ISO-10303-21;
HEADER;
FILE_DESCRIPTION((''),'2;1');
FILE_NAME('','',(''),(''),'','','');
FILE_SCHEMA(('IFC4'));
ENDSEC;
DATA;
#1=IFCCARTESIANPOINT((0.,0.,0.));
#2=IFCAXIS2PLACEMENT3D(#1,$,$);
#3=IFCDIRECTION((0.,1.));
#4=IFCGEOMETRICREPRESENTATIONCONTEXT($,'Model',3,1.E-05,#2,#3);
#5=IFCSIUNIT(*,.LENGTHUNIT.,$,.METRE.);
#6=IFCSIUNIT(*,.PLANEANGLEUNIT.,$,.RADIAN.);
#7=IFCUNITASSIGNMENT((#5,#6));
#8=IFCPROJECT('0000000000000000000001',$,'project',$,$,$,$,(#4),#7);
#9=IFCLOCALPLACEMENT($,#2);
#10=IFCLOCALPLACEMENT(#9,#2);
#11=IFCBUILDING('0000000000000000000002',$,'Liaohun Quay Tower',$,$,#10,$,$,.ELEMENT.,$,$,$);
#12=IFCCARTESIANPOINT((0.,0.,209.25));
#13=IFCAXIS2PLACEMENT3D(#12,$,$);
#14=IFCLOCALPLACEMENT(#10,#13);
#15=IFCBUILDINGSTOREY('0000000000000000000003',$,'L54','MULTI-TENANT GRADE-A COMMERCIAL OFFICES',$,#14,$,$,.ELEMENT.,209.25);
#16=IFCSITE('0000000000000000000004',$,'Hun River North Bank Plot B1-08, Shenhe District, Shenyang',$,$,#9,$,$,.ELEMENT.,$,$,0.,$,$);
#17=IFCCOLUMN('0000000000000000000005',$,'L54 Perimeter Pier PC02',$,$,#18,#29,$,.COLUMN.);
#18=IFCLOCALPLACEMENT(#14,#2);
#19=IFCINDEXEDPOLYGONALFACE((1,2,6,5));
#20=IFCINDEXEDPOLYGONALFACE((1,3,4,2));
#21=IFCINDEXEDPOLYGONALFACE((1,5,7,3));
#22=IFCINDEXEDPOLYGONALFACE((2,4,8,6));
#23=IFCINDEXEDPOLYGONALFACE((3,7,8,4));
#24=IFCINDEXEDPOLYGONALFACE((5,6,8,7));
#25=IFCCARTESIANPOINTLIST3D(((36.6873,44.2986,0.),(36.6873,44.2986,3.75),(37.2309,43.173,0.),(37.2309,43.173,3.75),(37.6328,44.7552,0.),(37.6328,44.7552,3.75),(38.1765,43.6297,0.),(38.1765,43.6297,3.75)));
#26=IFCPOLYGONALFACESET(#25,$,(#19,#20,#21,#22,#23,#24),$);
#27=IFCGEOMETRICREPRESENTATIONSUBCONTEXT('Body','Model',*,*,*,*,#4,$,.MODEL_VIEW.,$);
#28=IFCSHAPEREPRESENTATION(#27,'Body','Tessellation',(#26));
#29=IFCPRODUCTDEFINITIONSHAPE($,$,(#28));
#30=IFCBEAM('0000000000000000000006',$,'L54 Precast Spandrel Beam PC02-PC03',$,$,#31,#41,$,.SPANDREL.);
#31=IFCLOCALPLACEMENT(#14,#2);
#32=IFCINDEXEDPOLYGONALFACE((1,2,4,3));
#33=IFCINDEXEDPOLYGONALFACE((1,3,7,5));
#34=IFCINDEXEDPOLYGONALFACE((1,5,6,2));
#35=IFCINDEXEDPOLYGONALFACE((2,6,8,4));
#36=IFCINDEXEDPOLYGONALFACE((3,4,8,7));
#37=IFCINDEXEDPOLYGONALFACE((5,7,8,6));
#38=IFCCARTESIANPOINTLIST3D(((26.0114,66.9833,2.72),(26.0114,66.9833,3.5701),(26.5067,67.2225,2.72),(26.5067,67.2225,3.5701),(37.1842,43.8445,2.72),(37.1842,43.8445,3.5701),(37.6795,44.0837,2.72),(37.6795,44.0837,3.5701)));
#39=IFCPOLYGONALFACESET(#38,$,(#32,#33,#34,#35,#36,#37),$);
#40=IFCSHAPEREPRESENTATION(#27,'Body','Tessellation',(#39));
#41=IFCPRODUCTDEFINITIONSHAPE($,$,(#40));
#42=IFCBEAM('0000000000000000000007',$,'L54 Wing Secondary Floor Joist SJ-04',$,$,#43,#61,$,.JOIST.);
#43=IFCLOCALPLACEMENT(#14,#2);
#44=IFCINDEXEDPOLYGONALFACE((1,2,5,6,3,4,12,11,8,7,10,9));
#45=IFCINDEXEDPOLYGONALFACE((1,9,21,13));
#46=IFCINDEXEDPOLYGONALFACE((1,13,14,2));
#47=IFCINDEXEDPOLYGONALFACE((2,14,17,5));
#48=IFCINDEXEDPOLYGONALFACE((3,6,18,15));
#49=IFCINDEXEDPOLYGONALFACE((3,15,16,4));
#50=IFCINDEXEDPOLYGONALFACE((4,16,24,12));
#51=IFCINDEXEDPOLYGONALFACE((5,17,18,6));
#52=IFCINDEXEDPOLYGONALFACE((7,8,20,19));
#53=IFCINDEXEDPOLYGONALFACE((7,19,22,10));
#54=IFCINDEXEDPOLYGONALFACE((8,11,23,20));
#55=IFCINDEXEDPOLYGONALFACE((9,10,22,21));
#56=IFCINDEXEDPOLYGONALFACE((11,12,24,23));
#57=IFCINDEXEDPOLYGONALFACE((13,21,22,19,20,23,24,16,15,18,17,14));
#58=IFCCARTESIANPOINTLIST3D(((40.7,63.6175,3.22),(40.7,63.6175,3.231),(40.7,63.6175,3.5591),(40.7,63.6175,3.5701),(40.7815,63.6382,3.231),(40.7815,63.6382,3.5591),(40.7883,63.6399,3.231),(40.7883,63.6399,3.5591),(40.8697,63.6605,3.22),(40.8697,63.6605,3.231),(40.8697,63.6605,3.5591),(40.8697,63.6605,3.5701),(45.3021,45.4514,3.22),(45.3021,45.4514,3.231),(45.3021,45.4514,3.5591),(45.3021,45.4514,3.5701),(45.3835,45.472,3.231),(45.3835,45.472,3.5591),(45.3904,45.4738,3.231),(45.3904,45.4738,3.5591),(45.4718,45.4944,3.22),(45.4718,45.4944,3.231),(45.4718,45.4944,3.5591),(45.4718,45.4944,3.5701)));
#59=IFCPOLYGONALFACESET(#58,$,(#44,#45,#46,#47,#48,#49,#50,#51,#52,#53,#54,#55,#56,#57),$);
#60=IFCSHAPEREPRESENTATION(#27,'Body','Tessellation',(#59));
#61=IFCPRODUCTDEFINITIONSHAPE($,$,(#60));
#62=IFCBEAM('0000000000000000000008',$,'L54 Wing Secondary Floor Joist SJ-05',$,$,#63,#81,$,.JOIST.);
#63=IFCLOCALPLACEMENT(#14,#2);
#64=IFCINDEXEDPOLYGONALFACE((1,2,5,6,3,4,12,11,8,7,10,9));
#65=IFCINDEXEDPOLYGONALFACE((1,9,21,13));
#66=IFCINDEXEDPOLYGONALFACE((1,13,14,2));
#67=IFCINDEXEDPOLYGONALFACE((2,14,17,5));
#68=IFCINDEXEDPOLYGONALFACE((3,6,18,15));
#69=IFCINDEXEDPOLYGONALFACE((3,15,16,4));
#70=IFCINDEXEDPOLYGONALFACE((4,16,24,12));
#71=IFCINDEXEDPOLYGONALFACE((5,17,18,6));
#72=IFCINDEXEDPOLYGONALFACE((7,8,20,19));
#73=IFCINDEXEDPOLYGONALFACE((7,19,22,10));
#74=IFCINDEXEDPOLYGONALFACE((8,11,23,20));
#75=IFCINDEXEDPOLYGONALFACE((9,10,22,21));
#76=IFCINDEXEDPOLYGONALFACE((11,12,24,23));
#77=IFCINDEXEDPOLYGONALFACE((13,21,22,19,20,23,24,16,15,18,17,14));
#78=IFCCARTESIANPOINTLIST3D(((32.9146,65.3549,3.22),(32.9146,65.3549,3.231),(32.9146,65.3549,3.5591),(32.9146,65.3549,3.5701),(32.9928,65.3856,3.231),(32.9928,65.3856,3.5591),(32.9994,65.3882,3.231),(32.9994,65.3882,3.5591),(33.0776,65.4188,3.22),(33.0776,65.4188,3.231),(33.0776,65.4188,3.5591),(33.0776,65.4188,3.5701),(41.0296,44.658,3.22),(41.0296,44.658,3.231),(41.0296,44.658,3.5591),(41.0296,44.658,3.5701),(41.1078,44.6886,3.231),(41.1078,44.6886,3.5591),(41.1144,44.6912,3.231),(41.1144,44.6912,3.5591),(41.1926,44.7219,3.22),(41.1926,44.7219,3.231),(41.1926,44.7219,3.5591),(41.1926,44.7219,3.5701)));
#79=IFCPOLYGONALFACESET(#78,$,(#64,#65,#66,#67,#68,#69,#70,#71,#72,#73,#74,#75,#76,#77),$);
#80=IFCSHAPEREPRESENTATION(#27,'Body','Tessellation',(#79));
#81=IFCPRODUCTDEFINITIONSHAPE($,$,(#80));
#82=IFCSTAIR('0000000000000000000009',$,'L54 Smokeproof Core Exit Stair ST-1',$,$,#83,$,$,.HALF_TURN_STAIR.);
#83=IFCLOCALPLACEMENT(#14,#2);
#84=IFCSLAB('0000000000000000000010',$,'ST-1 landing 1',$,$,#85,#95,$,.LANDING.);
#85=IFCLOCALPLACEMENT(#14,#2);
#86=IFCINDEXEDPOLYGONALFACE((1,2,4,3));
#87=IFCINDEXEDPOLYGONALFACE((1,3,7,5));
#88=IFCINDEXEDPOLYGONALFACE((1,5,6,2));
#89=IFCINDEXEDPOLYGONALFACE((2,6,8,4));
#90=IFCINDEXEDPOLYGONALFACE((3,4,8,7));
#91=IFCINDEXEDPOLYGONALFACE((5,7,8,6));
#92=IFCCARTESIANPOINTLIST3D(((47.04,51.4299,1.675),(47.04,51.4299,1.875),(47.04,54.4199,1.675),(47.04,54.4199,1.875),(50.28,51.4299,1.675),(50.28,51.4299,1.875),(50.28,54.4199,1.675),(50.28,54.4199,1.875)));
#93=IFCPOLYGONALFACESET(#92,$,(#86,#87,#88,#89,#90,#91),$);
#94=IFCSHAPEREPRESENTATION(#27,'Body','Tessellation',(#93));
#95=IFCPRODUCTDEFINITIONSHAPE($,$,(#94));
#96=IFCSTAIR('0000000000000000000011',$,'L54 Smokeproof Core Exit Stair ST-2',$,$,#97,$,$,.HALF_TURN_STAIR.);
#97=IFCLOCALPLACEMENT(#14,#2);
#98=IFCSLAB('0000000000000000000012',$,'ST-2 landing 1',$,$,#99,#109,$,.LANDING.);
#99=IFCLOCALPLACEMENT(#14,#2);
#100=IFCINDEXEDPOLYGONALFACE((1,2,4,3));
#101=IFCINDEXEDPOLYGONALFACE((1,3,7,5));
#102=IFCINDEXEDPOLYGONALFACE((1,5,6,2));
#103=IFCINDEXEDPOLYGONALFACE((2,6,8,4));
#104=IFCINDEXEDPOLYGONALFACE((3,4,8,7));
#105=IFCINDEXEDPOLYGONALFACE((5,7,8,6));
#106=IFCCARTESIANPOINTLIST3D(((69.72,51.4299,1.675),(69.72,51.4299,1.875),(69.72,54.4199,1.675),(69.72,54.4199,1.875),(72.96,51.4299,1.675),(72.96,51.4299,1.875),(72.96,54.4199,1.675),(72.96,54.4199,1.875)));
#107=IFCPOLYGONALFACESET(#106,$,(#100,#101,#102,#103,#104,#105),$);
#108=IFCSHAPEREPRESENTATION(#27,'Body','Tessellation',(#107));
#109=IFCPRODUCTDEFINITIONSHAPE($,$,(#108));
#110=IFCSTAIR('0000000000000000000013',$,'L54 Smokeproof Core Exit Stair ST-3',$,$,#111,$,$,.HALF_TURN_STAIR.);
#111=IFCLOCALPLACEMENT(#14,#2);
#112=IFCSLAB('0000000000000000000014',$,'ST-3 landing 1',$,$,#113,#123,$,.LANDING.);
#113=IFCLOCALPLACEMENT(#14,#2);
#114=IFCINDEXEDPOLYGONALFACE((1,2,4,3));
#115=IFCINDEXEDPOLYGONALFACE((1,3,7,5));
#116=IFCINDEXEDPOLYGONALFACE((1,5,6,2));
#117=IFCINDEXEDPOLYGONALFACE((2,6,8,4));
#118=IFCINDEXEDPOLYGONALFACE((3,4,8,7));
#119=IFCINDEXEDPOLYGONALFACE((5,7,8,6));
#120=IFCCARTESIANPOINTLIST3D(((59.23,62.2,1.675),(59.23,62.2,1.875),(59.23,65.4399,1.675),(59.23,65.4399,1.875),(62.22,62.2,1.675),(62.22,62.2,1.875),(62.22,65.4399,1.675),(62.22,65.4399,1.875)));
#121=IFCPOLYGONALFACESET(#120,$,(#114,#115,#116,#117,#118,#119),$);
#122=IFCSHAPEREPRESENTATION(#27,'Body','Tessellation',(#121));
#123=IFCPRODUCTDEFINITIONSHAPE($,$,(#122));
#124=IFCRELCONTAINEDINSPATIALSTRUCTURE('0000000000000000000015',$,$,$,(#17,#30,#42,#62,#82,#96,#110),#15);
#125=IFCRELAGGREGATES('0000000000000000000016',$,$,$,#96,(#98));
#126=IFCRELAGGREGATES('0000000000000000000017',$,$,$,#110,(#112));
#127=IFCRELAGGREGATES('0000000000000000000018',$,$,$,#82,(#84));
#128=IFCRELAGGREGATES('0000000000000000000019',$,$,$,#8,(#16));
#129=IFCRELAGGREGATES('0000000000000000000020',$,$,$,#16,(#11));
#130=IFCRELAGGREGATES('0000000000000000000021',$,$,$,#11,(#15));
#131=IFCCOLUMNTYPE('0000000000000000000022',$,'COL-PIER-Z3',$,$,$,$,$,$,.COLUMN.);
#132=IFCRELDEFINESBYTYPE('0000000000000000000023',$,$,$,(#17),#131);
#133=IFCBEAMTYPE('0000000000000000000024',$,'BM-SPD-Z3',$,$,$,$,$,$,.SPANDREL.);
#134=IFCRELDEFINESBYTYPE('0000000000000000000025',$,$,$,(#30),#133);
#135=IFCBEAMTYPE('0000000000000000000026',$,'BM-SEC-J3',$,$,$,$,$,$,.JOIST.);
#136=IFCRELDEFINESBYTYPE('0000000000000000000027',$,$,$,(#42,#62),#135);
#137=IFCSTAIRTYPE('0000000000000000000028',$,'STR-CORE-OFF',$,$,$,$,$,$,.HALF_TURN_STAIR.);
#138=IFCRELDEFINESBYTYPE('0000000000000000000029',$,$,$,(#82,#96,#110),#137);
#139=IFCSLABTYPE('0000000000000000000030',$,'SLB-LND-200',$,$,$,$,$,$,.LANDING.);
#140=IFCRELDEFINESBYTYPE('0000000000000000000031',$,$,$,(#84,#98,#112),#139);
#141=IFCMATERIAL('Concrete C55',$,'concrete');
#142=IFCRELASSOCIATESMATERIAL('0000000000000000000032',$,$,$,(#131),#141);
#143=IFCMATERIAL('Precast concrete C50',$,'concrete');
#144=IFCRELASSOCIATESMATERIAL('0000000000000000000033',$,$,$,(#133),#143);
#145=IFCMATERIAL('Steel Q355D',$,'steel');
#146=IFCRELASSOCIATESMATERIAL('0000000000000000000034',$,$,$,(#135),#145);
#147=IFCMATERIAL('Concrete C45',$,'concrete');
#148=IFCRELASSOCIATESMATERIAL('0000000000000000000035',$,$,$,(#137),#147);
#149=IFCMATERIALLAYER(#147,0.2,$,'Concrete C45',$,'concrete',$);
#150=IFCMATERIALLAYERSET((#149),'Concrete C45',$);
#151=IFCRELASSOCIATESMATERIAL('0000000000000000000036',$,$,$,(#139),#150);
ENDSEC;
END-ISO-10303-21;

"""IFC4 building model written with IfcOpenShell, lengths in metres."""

from ifc_helpers import new_model, si_unit, direction, frame, origin, origin_2d, place, context, subcontext, project, spatial, polyline, rectangle, i_section, outline, extrude, source, transform, mapped, material, layer, layer_set, material_profile, profile_set, type_object, element, aggregate, save


model = new_model("IFC4")

# Units and contexts
model_context = context("Model", 3, precision=1e-05, world=origin(), true_north=direction((0.0, 1.0)))
body_context = subcontext(model_context, "Body", "Model", "MODEL_VIEW")
ifc_project = project(units=[si_unit("LENGTHUNIT", "METRE"), si_unit("PLANEANGLEUNIT", "RADIAN")], contexts=[model_context])

# Site, building, storey
site_placement = place(None, origin())
site = spatial("IfcSite", under=ifc_project, at=site_placement, Name="Hun River North Bank Plot B1-08, Shenhe District, Shenyang", CompositionType="ELEMENT", RefElevation=0.0)
building_placement = place(site_placement, origin())
building = spatial("IfcBuilding", under=site, at=building_placement, Name="Liaohun Quay Tower", CompositionType="ELEMENT")
storey_placement = place(building_placement, frame((0.0, 0.0, 209.25)))
storey = spatial("IfcBuildingStorey", under=building, at=storey_placement, Name="L54", Description="MULTI-TENANT GRADE-A COMMERCIAL OFFICES", CompositionType="ELEMENT", Elevation=209.25)

# Column
ifc_material_1 = material(Name="Concrete C55", Category="concrete")
ifc_material_profile_1 = material_profile(ifc_material_1, rectangle(XDim=1.25, YDim=1.05, at=origin_2d()), Name="RC1250x1050")
ifc_profile_set_1 = profile_set([ifc_material_profile_1], Name="Concrete C55")
column_type = type_object("IfcColumnType", Name="COL-PIER-Z3", PredefinedType="COLUMN", material=ifc_profile_set_1)
shared_shape_1 = source(origin(), body_context, "Body", "SweptSolid", [
    extrude(rectangle(XDim=1.25, YDim=1.05, at=origin_2d()), origin(), (0.0, 0.0, 1.0), 3.75),
])
column_placement = place(storey_placement, frame((37.4319, 43.9641, 0.0), z_axis=(0.0, 0.0, 1.0), x_axis=(-0.434917, 0.900471, 0.0)))
element("IfcColumn", 1, at=column_placement, inside=storey, type_object=column_type, Name="L54 Perimeter Pier PC02", PredefinedType="COLUMN", context=body_context, shape_type="MappedRepresentation", body=[
    mapped(shared_shape_1, transform((0.0, 0.0, 0.0), x_axis=(1.0, 0.0, 0.0), y_axis=(0.0, 1.0, 0.0), z_axis=(0.0, 0.0, 1.0), scale=1.0)),
])

# Beams
ifc_material_2 = material(Name="Precast concrete C50", Category="concrete")
ifc_material_profile_2 = material_profile(ifc_material_2, rectangle(XDim=0.55, YDim=0.8501, at=origin_2d()), Name="RC550x850")
ifc_profile_set_2 = profile_set([ifc_material_profile_2], Name="Precast concrete C50")
beam_type_1 = type_object("IfcBeamType", Name="BM-SPD-Z3", PredefinedType="SPANDREL", material=ifc_profile_set_2)
shared_shape_2 = source(origin(), body_context, "Body", "SweptSolid", [
    extrude(rectangle(XDim=0.55, YDim=0.8501, at=origin_2d()), origin(), (0.0, 0.0, 1.0), 25.6951),
])
beam_1_placement = place(storey_placement, frame((37.4319, 43.9641, 3.145), z_axis=(-0.434823, 0.900516, 0.0), x_axis=(-0.900516, -0.434823, 0.0)))
element("IfcBeam", 2, at=beam_1_placement, inside=storey, type_object=beam_type_1, Name="L54 Precast Spandrel Beam PC02-PC03", PredefinedType="SPANDREL", context=body_context, shape_type="MappedRepresentation", body=[
    mapped(shared_shape_2, transform((0.0, 0.0, 0.0), x_axis=(1.0, 0.0, 0.0), y_axis=(0.0, 1.0, 0.0), z_axis=(0.0, 0.0, 1.0), scale=1.0)),
])
ifc_material_3 = material(Name="Steel Q355D", Category="steel")
ifc_material_profile_3 = material_profile(ifc_material_3, i_section(OverallWidth=0.175, OverallDepth=0.3501, WebThickness=0.0071, FlangeThickness=0.011, at=origin_2d()), Name="HN350x175x7x11")
ifc_profile_set_3 = profile_set([ifc_material_profile_3], Name="Steel Q355D")
beam_type_2 = type_object("IfcBeamType", Name="BM-SEC-J3", PredefinedType="JOIST", material=ifc_profile_set_3)
shared_shape_3 = source(origin(), body_context, "Body", "SweptSolid", [
    extrude(i_section(OverallWidth=0.175, OverallDepth=0.3501, WebThickness=0.0071, FlangeThickness=0.011, at=origin_2d()), origin(), (0.0, 0.0, 1.0), 18.74),
])
beam_2_placement = place(storey_placement, frame((45.387, 45.4729, 3.395), z_axis=(-0.245575, 0.969378, 0.0), x_axis=(-0.969378, -0.245575, 0.0)))
element("IfcBeam", 3, at=beam_2_placement, inside=storey, type_object=beam_type_2, Name="L54 Wing Secondary Floor Joist SJ-04", PredefinedType="JOIST", context=body_context, shape_type="MappedRepresentation", body=[
    mapped(shared_shape_3, transform((0.0, 0.0, 0.0), x_axis=(1.0, 0.0, 0.0), y_axis=(0.0, 1.0, 0.0), z_axis=(0.0, 0.0, 1.0), scale=1.0)),
])
shared_shape_4 = source(origin(), body_context, "Body", "SweptSolid", [
    extrude(i_section(OverallWidth=0.175, OverallDepth=0.3501, WebThickness=0.0071, FlangeThickness=0.011, at=origin_2d()), origin(), (0.0, 0.0, 1.0), 22.231),
])
beam_3_placement = place(storey_placement, frame((41.1111, 44.6899, 3.395), z_axis=(-0.365029, 0.930996, 0.0), x_axis=(-0.930996, -0.365029, 0.0)))
element("IfcBeam", 4, at=beam_3_placement, inside=storey, type_object=beam_type_2, Name="L54 Wing Secondary Floor Joist SJ-05", PredefinedType="JOIST", context=body_context, shape_type="MappedRepresentation", body=[
    mapped(shared_shape_4, transform((0.0, 0.0, 0.0), x_axis=(1.0, 0.0, 0.0), y_axis=(0.0, 1.0, 0.0), z_axis=(0.0, 0.0, 1.0), scale=1.0)),
])

# Stairs, slabs
ifc_material_4 = material(Name="Concrete C45", Category="concrete")
stair_type = type_object("IfcStairType", Name="STR-CORE-OFF", PredefinedType="HALF_TURN_STAIR", material=ifc_material_4)
stair_1_placement = place(storey_placement, origin())
stair_1 = element("IfcStair", 5, at=stair_1_placement, inside=storey, type_object=stair_type, Name="L54 Smokeproof Core Exit Stair ST-1", PredefinedType="HALF_TURN_STAIR")
ifc_layer_1 = layer(ifc_material_4, 0.2, Name="Concrete C45", Category="concrete")
ifc_layer_set_1 = layer_set([ifc_layer_1], Name="Concrete C45")
slab_type_1 = type_object("IfcSlabType", Name="SLB-LND-200", PredefinedType="LANDING", material=ifc_layer_set_1)
slab_1_placement = place(storey_placement, frame((0.0, 0.0, 1.675)))
slab_1 = element("IfcSlab", 6, at=slab_1_placement, type_object=slab_type_1, Name="ST-1 landing 1", PredefinedType="LANDING", context=body_context, shape_type="SweptSolid", body=[
    extrude(outline(polyline([(50.28, 51.4299), (50.28, 54.4199), (47.04, 54.4199), (47.04, 51.4299), (50.28, 51.4299)])), origin(), (0.0, 0.0, 1.0), 0.2),
])
stair_2_placement = place(storey_placement, origin())
stair_2 = element("IfcStair", 7, at=stair_2_placement, inside=storey, type_object=stair_type, Name="L54 Smokeproof Core Exit Stair ST-2", PredefinedType="HALF_TURN_STAIR")
slab_2_placement = place(storey_placement, frame((0.0, 0.0, 1.675)))
slab_2 = element("IfcSlab", 8, at=slab_2_placement, type_object=slab_type_1, Name="ST-2 landing 1", PredefinedType="LANDING", context=body_context, shape_type="SweptSolid", body=[
    extrude(outline(polyline([(72.96, 51.4299), (72.96, 54.4199), (69.72, 54.4199), (69.72, 51.4299), (72.96, 51.4299)])), origin(), (0.0, 0.0, 1.0), 0.2),
])
aggregate(stair_2, [slab_2])
stair_3_placement = place(storey_placement, origin())
stair_3 = element("IfcStair", 9, at=stair_3_placement, inside=storey, type_object=stair_type, Name="L54 Smokeproof Core Exit Stair ST-3", PredefinedType="HALF_TURN_STAIR")
slab_3_placement = place(storey_placement, frame((0.0, 0.0, 1.675)))
slab_3 = element("IfcSlab", 10, at=slab_3_placement, type_object=slab_type_1, Name="ST-3 landing 1", PredefinedType="LANDING", context=body_context, shape_type="SweptSolid", body=[
    extrude(outline(polyline([(59.23, 62.2), (62.22, 62.2), (62.22, 65.4399), (59.23, 65.4399), (59.23, 62.2)])), origin(), (0.0, 0.0, 1.0), 0.2),
])
aggregate(stair_3, [slab_3])

aggregate(stair_1, [slab_1])

save(model, "model.ifc")
